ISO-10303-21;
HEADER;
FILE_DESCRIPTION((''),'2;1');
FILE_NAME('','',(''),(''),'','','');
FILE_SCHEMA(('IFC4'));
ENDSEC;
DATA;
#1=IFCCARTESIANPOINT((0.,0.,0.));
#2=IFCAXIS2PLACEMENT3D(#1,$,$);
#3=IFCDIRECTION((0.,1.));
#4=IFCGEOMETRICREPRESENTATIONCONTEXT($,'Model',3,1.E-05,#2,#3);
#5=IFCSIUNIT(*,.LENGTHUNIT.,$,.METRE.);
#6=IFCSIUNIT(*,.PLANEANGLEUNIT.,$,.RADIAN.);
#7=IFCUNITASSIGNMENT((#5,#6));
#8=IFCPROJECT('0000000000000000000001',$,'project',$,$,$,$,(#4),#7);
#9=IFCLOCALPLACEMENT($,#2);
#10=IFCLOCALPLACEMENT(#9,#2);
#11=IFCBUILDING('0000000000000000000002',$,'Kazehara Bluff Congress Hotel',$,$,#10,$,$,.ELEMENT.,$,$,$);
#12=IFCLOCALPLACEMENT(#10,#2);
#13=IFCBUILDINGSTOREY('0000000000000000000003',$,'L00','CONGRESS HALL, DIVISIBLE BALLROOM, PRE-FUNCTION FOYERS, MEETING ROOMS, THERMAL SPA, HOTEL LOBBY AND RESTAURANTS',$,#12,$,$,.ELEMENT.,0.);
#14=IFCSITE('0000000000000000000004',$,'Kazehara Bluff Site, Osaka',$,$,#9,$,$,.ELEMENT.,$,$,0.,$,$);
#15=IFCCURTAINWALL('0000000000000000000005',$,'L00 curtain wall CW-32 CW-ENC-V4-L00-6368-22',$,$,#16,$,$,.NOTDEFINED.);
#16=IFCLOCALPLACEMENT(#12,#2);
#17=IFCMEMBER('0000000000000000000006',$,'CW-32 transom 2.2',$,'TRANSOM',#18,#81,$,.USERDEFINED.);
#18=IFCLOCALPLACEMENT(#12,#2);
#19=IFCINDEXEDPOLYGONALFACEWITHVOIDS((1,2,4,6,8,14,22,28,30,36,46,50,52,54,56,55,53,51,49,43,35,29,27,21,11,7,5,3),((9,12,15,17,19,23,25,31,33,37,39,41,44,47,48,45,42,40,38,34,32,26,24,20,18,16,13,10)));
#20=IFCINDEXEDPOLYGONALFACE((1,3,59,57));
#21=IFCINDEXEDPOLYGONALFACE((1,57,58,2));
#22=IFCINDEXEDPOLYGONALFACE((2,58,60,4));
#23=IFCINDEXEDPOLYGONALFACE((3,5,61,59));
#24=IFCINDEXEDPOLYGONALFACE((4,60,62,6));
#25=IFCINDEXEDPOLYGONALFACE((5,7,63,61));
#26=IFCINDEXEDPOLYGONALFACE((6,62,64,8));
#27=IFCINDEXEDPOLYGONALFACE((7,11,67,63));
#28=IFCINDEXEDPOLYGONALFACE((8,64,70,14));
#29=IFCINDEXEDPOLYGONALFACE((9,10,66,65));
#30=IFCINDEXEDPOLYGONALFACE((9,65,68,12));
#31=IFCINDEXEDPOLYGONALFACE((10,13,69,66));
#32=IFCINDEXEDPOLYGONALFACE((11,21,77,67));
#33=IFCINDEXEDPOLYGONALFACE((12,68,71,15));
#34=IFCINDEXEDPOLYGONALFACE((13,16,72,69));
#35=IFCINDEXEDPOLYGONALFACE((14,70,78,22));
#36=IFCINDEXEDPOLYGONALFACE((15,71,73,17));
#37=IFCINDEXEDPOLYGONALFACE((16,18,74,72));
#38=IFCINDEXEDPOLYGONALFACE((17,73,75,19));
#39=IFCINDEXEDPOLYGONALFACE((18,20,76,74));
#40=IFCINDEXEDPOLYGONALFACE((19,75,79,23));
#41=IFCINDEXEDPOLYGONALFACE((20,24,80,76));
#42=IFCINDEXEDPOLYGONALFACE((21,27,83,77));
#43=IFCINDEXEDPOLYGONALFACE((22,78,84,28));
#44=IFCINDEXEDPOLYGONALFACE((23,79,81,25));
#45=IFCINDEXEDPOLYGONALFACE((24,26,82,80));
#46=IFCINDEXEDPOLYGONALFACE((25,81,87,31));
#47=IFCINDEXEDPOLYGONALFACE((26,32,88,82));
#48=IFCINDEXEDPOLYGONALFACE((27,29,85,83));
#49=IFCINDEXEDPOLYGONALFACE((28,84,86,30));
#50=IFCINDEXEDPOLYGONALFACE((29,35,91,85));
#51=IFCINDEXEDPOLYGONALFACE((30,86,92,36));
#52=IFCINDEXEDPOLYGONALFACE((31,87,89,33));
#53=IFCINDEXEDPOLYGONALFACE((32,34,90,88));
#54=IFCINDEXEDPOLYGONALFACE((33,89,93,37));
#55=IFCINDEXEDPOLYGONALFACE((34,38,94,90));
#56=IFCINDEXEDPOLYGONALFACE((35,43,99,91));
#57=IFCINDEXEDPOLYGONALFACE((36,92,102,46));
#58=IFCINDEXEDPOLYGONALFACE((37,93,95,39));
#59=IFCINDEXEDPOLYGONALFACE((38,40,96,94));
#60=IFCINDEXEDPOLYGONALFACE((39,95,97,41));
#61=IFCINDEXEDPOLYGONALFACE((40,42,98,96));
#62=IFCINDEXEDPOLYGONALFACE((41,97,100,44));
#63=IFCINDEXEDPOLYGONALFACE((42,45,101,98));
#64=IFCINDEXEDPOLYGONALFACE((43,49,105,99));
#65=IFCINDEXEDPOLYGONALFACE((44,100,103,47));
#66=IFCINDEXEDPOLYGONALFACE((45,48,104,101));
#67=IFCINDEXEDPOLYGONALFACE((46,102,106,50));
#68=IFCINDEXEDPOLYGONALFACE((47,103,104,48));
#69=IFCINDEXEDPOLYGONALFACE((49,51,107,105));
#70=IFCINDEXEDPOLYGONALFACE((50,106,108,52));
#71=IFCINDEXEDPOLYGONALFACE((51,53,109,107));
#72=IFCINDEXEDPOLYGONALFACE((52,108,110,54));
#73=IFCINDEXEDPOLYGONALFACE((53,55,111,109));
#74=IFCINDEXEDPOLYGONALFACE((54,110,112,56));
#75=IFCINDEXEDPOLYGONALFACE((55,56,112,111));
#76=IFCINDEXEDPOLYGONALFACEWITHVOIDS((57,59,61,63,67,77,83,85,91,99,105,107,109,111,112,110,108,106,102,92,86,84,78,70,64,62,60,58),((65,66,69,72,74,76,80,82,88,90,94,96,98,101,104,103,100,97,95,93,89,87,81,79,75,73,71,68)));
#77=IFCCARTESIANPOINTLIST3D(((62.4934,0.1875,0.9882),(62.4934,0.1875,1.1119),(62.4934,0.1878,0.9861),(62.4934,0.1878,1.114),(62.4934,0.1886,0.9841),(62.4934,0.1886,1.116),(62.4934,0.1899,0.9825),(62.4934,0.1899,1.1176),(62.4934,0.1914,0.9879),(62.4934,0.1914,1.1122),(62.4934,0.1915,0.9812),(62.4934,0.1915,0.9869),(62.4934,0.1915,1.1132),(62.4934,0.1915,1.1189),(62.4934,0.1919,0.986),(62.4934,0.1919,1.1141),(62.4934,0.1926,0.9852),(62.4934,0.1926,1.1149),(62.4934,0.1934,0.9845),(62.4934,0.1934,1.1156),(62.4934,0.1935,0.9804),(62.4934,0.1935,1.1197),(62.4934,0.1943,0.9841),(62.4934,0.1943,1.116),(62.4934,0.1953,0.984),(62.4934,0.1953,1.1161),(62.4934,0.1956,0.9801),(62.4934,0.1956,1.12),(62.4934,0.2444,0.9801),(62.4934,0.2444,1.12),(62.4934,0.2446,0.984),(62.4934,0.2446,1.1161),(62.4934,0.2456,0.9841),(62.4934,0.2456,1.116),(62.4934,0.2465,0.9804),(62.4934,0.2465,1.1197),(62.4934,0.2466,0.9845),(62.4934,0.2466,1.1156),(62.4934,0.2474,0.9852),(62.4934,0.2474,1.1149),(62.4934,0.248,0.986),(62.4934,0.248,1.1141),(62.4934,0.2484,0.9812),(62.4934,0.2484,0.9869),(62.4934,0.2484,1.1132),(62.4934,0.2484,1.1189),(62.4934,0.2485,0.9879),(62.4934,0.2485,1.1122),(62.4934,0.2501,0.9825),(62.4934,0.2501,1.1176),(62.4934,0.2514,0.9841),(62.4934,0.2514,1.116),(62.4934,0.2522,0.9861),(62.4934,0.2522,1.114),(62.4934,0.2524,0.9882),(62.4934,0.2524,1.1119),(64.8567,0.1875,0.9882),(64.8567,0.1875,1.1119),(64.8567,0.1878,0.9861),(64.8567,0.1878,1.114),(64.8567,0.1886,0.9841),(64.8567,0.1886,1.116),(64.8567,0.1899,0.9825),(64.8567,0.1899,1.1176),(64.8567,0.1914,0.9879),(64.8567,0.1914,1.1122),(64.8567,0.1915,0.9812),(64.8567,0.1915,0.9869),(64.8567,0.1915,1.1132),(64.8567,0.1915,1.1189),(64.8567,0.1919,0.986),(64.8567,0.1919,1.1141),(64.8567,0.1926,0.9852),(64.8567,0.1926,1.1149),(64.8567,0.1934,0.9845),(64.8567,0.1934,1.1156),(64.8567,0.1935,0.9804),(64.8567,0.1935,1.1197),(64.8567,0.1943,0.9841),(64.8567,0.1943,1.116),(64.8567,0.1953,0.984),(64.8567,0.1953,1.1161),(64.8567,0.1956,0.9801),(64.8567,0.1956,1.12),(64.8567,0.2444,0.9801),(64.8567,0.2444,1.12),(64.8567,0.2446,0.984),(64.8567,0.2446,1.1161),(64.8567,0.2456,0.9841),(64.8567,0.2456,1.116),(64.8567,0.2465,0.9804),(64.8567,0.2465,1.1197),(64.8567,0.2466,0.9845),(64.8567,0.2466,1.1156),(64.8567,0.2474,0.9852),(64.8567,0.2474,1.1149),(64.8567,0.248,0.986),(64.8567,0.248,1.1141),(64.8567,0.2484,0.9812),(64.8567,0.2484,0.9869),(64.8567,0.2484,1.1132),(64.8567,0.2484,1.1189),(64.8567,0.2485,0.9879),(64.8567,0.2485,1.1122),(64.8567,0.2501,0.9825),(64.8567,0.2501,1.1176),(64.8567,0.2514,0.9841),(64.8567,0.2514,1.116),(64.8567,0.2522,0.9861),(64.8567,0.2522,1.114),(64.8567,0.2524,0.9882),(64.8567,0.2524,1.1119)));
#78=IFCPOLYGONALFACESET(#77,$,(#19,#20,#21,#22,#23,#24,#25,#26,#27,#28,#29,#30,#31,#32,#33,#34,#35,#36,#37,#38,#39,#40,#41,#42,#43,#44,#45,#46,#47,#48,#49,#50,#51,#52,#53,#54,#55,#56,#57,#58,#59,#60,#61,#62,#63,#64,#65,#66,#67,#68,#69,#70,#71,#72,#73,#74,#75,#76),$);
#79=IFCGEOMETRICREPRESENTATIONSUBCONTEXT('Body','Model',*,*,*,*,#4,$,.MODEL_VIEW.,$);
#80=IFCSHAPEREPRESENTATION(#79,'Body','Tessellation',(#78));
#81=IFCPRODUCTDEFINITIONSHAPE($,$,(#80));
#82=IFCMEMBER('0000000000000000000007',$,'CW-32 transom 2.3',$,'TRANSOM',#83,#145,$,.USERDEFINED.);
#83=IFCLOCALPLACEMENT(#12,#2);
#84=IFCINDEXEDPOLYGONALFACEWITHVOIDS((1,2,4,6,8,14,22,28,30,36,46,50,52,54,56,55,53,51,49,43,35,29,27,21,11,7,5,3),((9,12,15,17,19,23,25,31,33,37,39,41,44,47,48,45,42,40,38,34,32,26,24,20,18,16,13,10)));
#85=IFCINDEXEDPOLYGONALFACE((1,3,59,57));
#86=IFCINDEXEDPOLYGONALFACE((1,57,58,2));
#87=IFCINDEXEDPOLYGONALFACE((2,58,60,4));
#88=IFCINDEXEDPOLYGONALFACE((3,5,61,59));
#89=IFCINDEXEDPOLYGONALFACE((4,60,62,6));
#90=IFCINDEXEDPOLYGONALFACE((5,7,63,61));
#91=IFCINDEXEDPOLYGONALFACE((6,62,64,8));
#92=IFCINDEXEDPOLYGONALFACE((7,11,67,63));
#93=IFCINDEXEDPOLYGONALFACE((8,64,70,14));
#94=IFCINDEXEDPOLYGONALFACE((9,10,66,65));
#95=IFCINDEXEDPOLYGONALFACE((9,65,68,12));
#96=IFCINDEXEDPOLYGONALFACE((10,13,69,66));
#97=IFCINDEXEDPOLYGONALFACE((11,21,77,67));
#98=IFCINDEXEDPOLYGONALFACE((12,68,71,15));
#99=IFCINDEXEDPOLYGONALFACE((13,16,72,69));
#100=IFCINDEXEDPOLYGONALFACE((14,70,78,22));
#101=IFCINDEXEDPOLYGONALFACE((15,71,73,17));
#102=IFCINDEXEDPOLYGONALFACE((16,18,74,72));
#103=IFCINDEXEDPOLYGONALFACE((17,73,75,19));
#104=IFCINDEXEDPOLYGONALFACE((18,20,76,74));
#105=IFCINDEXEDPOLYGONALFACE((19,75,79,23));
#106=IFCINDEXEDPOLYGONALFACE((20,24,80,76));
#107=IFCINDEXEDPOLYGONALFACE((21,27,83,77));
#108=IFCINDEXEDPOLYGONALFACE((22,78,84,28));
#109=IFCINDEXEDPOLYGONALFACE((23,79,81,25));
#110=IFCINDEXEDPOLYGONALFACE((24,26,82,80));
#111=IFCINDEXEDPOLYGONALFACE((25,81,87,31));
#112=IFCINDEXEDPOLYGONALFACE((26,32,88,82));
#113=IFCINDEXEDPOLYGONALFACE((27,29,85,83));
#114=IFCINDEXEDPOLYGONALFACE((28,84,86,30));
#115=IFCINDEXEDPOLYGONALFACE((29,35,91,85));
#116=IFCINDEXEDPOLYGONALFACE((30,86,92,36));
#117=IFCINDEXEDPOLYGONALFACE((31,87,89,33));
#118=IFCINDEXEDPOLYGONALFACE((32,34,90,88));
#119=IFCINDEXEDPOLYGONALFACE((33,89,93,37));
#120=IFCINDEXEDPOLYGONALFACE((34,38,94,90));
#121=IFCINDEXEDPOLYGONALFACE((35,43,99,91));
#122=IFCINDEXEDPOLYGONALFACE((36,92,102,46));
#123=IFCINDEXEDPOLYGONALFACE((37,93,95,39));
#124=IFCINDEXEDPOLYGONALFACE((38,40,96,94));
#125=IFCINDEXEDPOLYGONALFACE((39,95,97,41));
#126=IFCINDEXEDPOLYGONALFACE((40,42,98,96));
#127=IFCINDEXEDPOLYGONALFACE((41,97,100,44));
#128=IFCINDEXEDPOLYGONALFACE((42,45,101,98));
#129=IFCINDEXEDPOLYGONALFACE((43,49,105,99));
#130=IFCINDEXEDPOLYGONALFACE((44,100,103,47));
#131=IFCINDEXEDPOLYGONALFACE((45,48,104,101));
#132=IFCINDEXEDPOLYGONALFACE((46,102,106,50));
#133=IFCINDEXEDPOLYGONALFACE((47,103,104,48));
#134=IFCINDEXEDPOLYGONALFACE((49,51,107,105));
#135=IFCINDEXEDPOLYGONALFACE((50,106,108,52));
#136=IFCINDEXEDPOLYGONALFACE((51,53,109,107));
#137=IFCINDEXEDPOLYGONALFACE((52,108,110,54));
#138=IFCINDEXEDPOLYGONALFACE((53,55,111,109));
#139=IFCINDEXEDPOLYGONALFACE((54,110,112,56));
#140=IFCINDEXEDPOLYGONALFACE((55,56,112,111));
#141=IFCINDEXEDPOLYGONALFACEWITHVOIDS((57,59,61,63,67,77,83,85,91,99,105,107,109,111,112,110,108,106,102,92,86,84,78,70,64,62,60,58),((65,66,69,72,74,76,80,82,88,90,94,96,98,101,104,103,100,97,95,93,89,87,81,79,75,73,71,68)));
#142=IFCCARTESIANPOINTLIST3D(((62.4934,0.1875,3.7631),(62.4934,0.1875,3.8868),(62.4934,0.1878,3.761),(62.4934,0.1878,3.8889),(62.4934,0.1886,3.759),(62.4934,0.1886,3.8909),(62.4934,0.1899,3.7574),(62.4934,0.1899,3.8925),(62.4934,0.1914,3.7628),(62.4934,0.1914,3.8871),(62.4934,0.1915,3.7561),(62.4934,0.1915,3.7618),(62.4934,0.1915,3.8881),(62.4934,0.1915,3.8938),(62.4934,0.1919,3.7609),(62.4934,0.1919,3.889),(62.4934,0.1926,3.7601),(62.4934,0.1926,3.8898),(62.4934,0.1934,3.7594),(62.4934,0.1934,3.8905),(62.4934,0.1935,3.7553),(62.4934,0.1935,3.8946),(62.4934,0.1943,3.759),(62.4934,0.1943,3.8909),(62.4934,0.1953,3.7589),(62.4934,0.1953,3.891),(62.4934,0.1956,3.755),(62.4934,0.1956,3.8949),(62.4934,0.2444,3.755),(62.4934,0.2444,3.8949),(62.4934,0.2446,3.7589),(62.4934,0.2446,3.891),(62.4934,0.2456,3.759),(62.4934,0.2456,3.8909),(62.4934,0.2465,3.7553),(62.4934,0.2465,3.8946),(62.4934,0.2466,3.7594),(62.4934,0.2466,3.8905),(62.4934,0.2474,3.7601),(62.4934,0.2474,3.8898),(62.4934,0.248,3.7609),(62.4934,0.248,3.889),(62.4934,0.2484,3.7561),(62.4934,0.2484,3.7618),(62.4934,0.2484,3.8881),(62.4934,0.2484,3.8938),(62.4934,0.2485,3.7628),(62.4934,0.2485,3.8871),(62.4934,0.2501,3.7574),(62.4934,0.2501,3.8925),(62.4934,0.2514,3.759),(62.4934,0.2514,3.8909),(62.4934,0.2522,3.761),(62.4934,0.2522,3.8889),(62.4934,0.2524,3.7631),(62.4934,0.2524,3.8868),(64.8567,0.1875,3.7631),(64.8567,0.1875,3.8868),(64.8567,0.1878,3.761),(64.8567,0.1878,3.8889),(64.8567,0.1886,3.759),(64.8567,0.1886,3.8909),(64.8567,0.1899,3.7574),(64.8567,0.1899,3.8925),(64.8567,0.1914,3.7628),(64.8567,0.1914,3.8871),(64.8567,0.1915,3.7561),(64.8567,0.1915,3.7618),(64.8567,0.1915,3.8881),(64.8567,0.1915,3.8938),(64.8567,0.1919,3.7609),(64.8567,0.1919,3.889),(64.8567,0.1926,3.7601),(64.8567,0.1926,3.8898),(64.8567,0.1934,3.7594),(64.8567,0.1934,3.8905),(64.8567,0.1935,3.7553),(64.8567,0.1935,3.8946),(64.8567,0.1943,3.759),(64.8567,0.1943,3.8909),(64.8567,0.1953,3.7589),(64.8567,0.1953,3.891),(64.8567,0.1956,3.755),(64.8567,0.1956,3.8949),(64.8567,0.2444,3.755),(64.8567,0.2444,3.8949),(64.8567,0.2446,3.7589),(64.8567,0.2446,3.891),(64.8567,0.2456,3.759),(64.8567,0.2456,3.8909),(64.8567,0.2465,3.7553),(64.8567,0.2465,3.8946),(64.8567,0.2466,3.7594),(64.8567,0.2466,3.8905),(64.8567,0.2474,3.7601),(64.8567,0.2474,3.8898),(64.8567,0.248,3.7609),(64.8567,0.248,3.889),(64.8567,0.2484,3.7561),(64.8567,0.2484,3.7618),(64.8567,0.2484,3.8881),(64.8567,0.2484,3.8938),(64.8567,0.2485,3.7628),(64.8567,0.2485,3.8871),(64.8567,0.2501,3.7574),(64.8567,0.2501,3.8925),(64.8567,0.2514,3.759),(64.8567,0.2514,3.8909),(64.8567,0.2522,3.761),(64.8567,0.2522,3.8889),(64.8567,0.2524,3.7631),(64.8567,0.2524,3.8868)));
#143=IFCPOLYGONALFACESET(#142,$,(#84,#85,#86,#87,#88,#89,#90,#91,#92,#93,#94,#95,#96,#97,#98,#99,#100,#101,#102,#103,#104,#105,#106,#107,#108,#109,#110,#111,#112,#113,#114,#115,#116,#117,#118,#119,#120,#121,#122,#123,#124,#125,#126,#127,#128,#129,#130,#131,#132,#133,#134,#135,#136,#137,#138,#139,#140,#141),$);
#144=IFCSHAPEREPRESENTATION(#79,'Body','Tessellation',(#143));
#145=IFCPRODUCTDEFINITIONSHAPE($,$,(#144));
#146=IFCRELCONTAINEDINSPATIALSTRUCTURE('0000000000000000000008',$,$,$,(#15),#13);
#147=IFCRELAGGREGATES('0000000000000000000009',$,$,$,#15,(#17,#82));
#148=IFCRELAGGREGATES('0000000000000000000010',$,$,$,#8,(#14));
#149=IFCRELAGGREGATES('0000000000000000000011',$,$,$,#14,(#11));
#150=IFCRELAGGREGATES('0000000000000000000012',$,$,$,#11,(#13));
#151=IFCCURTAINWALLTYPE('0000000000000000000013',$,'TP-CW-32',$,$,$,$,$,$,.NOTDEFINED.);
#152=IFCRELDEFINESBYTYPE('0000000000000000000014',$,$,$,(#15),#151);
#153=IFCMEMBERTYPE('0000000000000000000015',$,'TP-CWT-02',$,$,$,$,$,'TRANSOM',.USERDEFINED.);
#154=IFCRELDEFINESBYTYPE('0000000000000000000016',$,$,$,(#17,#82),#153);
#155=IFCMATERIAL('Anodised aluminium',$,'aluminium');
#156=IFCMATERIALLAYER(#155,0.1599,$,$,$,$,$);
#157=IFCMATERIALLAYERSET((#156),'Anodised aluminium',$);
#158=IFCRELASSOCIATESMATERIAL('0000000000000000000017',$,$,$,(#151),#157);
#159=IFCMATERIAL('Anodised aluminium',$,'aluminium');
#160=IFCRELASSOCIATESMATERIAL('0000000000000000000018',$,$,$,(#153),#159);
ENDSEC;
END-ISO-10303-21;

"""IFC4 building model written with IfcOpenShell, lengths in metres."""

from ifc_helpers import new_model, si_unit, direction, frame, origin, origin_2d, place, context, subcontext, project, spatial, hollow_rectangle, extrude, material, layer, layer_set, material_profile, profile_set, type_object, element, aggregate, save


model = new_model("IFC4")

# Units and contexts
model_context = context("Model", 3, precision=1e-05, world=origin(), true_north=direction((0.0, 1.0)))
body_context = subcontext(model_context, "Body", "Model", "MODEL_VIEW")
ifc_project = project(units=[si_unit("LENGTHUNIT", "METRE"), si_unit("PLANEANGLEUNIT", "RADIAN")], contexts=[model_context])

# Site, building, storey
site_placement = place(None, origin())
site = spatial("IfcSite", under=ifc_project, at=site_placement, Name="Kazehara Bluff Site, Osaka", CompositionType="ELEMENT", RefElevation=0.0)
building_placement = place(site_placement, origin())
building = spatial("IfcBuilding", under=site, at=building_placement, Name="Kazehara Bluff Congress Hotel", CompositionType="ELEMENT")
storey_placement = place(building_placement, origin())
storey = spatial("IfcBuildingStorey", under=building, at=storey_placement, Name="L00", Description="CONGRESS HALL, DIVISIBLE BALLROOM, PRE-FUNCTION FOYERS, MEETING ROOMS, THERMAL SPA, HOTEL LOBBY AND RESTAURANTS", CompositionType="ELEMENT", Elevation=0.0)

# Curtain wall, members
ifc_material_1 = material(Name="Anodised aluminium", Category="aluminium")
ifc_layer_1 = layer(ifc_material_1, 0.1599)
ifc_layer_set_1 = layer_set([ifc_layer_1], Name="Anodised aluminium")
curtain_wall_type = type_object("IfcCurtainWallType", Name="TP-CW-32", PredefinedType="NOTDEFINED", material=ifc_layer_set_1)
curtain_wall_placement = place(storey_placement, origin())
curtain_wall = element("IfcCurtainWall", 1, at=curtain_wall_placement, inside=storey, type_object=curtain_wall_type, Name="L00 curtain wall CW-32 CW-ENC-V4-L00-6368-22", PredefinedType="NOTDEFINED")
ifc_material_2 = material(Name="Anodised aluminium", Category="aluminium")
ifc_material_profile_1 = material_profile(ifc_material_2, hollow_rectangle(XDim=0.0649, YDim=0.1399, WallThickness=0.0039, InnerFilletRadius=0.0039, OuterFilletRadius=0.0081, at=origin_2d()))
ifc_profile_set_1 = profile_set([ifc_material_profile_1], Name="Anodised aluminium")
member_type_1 = type_object("IfcMemberType", Name="TP-CWT-02", ElementType="TRANSOM", PredefinedType="USERDEFINED", material=ifc_profile_set_1)
member_1_placement = place(storey_placement, frame((64.8567, 0.22, 1.05), z_axis=(-1.0, 0.0, 0.0), x_axis=(0.0, -1.0, 0.0)))
member_1 = element("IfcMember", 2, at=member_1_placement, type_object=member_type_1, Name="CW-32 transom 2.2", ObjectType="TRANSOM", PredefinedType="USERDEFINED", context=body_context, shape_type="SweptSolid", body=[
    extrude(hollow_rectangle(XDim=0.0649, YDim=0.1399, WallThickness=0.0039, InnerFilletRadius=0.0039, OuterFilletRadius=0.0081, at=origin_2d()), origin(), (0.0, 0.0, 1.0), 2.3633),
])
member_2_placement = place(storey_placement, frame((64.8567, 0.22, 3.825), z_axis=(-1.0, 0.0, 0.0), x_axis=(0.0, -1.0, 0.0)))
member_2 = element("IfcMember", 3, at=member_2_placement, type_object=member_type_1, Name="CW-32 transom 2.3", ObjectType="TRANSOM", PredefinedType="USERDEFINED", context=body_context, shape_type="SweptSolid", body=[
    extrude(hollow_rectangle(XDim=0.0649, YDim=0.1399, WallThickness=0.0039, InnerFilletRadius=0.0039, OuterFilletRadius=0.0081, at=origin_2d()), origin(), (0.0, 0.0, 1.0), 2.3633),
])
aggregate(curtain_wall, [member_1, member_2])

save(model, "model.ifc")
